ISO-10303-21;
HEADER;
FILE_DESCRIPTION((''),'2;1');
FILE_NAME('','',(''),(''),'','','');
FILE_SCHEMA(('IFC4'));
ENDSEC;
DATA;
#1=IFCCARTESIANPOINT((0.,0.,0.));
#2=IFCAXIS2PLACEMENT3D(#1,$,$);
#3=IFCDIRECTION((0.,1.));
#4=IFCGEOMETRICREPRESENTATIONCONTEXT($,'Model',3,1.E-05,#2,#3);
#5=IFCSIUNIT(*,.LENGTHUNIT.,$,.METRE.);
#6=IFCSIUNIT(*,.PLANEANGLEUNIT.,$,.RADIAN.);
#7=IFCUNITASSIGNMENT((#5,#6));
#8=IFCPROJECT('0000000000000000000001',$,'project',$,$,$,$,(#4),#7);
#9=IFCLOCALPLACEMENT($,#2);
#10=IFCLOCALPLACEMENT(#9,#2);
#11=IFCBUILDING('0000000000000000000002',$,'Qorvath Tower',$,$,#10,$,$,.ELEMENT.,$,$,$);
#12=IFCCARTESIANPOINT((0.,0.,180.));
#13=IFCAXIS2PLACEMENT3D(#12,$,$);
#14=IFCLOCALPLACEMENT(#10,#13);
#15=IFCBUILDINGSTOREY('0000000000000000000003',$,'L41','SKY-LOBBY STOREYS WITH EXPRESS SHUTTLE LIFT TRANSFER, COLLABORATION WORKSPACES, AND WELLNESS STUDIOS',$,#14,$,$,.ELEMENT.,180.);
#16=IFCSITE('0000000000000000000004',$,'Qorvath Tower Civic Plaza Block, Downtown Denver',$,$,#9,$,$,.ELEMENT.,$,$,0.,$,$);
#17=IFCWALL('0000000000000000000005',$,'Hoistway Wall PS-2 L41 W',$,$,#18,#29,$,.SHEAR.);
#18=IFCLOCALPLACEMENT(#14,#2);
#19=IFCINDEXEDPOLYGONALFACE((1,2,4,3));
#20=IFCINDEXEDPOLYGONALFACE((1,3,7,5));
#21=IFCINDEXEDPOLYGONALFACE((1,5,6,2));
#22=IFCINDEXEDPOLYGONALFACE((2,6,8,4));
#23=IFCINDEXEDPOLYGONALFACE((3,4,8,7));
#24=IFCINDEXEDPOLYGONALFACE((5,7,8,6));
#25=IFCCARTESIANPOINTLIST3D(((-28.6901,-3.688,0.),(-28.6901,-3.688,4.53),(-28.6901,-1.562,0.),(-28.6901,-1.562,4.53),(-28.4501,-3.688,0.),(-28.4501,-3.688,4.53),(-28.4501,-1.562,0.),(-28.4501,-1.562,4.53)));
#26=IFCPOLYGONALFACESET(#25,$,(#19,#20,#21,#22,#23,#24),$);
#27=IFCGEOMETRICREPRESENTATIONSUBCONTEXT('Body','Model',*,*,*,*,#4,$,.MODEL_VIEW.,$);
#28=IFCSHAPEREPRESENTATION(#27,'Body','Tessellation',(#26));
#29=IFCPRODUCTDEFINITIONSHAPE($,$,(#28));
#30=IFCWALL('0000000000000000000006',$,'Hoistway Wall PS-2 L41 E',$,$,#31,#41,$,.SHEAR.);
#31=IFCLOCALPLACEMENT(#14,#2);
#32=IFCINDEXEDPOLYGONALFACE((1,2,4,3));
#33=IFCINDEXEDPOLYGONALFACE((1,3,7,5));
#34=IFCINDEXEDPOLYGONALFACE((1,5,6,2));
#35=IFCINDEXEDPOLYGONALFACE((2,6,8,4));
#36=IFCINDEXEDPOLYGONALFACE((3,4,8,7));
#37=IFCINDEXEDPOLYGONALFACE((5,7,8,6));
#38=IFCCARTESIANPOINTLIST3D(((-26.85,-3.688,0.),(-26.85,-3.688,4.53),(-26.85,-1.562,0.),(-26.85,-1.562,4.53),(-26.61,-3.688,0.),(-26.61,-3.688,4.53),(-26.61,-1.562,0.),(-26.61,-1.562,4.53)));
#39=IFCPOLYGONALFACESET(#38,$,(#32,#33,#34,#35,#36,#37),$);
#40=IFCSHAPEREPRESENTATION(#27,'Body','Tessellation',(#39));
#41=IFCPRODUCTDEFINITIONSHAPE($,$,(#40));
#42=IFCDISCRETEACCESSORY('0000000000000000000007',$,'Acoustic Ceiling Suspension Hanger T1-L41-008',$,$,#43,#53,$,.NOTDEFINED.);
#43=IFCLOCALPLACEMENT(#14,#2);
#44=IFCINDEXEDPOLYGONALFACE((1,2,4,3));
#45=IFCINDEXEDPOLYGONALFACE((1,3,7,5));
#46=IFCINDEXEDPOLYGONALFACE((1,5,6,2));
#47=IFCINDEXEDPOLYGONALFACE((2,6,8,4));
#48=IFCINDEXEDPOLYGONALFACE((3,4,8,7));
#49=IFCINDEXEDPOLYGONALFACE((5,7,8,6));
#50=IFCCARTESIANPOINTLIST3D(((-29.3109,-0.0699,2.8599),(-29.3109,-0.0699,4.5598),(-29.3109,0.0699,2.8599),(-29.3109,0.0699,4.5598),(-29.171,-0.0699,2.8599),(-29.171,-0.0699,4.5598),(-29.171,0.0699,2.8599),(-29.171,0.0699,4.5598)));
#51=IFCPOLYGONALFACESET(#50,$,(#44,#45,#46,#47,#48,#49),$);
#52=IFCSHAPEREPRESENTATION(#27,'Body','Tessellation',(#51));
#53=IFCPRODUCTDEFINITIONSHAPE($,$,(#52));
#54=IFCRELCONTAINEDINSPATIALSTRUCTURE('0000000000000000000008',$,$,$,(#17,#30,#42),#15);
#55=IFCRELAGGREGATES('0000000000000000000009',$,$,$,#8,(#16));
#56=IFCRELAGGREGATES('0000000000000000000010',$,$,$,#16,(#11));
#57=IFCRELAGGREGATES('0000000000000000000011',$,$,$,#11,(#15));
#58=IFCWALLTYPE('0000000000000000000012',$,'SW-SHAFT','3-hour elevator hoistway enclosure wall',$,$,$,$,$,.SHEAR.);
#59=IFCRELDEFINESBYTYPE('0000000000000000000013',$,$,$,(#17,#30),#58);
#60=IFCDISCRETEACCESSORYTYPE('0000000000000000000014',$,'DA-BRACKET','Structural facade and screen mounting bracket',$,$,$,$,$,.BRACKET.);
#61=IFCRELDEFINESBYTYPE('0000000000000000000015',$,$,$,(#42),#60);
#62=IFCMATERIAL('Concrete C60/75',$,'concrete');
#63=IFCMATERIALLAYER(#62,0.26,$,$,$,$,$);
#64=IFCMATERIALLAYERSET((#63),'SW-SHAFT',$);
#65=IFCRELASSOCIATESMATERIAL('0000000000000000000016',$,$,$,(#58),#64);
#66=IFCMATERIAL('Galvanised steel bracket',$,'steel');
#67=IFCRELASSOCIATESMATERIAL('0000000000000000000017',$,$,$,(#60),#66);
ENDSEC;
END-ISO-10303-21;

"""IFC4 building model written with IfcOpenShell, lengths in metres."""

from ifc_helpers import new_model, si_unit, direction, frame, frame_2d, origin, origin_2d, place, context, subcontext, project, spatial, rectangle, extrude, material, layer, layer_set, type_object, element, save


model = new_model("IFC4")

# Units and contexts
model_context = context("Model", 3, precision=1e-05, world=origin(), true_north=direction((0.0, 1.0)))
body_context = subcontext(model_context, "Body", "Model", "MODEL_VIEW")
ifc_project = project(units=[si_unit("LENGTHUNIT", "METRE"), si_unit("PLANEANGLEUNIT", "RADIAN")], contexts=[model_context])

# Site, building, storey
site_placement = place(None, origin())
site = spatial("IfcSite", under=ifc_project, at=site_placement, Name="Qorvath Tower Civic Plaza Block, Downtown Denver", CompositionType="ELEMENT", RefElevation=0.0)
building_placement = place(site_placement, origin())
building = spatial("IfcBuilding", under=site, at=building_placement, Name="Qorvath Tower", CompositionType="ELEMENT")
storey_placement = place(building_placement, frame((0.0, 0.0, 180.0)))
storey = spatial("IfcBuildingStorey", under=building, at=storey_placement, Name="L41", Description="SKY-LOBBY STOREYS WITH EXPRESS SHUTTLE LIFT TRANSFER, COLLABORATION WORKSPACES, AND WELLNESS STUDIOS", CompositionType="ELEMENT", Elevation=180.0)

# Shared definitions
ifc_material_1 = material(Name="Concrete C60/75", Category="concrete")
ifc_layer_1 = layer(ifc_material_1, 0.26)
ifc_layer_set_1 = layer_set([ifc_layer_1], Name="SW-SHAFT")
wall_type_1 = type_object("IfcWallType", Name="SW-SHAFT", Description="3-hour elevator hoistway enclosure wall", PredefinedType="SHEAR", material=ifc_layer_set_1)

# Walls
for number, where, z_axis, x_axis, name in (
    (1, (-28.5701, -3.688, 0.0), (0.0, 0.0, 1.0), (0.0, 1.0, 0.0), "Hoistway Wall PS-2 L41 W"),
    (2, (-26.73, -1.562, 0.0), (0.0, 0.0, 1.0), (0.0, -1.0, 0.0), "Hoistway Wall PS-2 L41 E"),
):
    element("IfcWall", number, at=place(storey_placement, frame(where, z_axis=z_axis, x_axis=x_axis)), inside=storey, type_object=wall_type_1, Name=name, PredefinedType="SHEAR", context=body_context, shape_type="SweptSolid", body=[
        extrude(rectangle(XDim=2.126, YDim=0.24, at=frame_2d((1.063, 0.0))), origin(), (0.0, 0.0, 1.0), 4.53),
    ])

# Discrete accessory
ifc_material_2 = material(Name="Galvanised steel bracket", Category="steel")
discrete_accessory_type = type_object("IfcDiscreteAccessoryType", Name="DA-BRACKET", Description="Structural facade and screen mounting bracket", PredefinedType="BRACKET", material=ifc_material_2)
discrete_accessory_placement = place(storey_placement, frame((-29.241, 0.0, 2.8599), z_axis=(0.0, 0.0, 1.0), x_axis=(1.0, 0.0, 0.0)))
element("IfcDiscreteAccessory", 3, at=discrete_accessory_placement, inside=storey, type_object=discrete_accessory_type, Name="Acoustic Ceiling Suspension Hanger T1-L41-008", PredefinedType="NOTDEFINED", context=body_context, shape_type="SweptSolid", body=[
    extrude(rectangle(XDim=0.1399, YDim=0.1399, at=origin_2d()), origin(), (0.0, 0.0, 1.0), 1.7),
])

save(model, "model.ifc")
